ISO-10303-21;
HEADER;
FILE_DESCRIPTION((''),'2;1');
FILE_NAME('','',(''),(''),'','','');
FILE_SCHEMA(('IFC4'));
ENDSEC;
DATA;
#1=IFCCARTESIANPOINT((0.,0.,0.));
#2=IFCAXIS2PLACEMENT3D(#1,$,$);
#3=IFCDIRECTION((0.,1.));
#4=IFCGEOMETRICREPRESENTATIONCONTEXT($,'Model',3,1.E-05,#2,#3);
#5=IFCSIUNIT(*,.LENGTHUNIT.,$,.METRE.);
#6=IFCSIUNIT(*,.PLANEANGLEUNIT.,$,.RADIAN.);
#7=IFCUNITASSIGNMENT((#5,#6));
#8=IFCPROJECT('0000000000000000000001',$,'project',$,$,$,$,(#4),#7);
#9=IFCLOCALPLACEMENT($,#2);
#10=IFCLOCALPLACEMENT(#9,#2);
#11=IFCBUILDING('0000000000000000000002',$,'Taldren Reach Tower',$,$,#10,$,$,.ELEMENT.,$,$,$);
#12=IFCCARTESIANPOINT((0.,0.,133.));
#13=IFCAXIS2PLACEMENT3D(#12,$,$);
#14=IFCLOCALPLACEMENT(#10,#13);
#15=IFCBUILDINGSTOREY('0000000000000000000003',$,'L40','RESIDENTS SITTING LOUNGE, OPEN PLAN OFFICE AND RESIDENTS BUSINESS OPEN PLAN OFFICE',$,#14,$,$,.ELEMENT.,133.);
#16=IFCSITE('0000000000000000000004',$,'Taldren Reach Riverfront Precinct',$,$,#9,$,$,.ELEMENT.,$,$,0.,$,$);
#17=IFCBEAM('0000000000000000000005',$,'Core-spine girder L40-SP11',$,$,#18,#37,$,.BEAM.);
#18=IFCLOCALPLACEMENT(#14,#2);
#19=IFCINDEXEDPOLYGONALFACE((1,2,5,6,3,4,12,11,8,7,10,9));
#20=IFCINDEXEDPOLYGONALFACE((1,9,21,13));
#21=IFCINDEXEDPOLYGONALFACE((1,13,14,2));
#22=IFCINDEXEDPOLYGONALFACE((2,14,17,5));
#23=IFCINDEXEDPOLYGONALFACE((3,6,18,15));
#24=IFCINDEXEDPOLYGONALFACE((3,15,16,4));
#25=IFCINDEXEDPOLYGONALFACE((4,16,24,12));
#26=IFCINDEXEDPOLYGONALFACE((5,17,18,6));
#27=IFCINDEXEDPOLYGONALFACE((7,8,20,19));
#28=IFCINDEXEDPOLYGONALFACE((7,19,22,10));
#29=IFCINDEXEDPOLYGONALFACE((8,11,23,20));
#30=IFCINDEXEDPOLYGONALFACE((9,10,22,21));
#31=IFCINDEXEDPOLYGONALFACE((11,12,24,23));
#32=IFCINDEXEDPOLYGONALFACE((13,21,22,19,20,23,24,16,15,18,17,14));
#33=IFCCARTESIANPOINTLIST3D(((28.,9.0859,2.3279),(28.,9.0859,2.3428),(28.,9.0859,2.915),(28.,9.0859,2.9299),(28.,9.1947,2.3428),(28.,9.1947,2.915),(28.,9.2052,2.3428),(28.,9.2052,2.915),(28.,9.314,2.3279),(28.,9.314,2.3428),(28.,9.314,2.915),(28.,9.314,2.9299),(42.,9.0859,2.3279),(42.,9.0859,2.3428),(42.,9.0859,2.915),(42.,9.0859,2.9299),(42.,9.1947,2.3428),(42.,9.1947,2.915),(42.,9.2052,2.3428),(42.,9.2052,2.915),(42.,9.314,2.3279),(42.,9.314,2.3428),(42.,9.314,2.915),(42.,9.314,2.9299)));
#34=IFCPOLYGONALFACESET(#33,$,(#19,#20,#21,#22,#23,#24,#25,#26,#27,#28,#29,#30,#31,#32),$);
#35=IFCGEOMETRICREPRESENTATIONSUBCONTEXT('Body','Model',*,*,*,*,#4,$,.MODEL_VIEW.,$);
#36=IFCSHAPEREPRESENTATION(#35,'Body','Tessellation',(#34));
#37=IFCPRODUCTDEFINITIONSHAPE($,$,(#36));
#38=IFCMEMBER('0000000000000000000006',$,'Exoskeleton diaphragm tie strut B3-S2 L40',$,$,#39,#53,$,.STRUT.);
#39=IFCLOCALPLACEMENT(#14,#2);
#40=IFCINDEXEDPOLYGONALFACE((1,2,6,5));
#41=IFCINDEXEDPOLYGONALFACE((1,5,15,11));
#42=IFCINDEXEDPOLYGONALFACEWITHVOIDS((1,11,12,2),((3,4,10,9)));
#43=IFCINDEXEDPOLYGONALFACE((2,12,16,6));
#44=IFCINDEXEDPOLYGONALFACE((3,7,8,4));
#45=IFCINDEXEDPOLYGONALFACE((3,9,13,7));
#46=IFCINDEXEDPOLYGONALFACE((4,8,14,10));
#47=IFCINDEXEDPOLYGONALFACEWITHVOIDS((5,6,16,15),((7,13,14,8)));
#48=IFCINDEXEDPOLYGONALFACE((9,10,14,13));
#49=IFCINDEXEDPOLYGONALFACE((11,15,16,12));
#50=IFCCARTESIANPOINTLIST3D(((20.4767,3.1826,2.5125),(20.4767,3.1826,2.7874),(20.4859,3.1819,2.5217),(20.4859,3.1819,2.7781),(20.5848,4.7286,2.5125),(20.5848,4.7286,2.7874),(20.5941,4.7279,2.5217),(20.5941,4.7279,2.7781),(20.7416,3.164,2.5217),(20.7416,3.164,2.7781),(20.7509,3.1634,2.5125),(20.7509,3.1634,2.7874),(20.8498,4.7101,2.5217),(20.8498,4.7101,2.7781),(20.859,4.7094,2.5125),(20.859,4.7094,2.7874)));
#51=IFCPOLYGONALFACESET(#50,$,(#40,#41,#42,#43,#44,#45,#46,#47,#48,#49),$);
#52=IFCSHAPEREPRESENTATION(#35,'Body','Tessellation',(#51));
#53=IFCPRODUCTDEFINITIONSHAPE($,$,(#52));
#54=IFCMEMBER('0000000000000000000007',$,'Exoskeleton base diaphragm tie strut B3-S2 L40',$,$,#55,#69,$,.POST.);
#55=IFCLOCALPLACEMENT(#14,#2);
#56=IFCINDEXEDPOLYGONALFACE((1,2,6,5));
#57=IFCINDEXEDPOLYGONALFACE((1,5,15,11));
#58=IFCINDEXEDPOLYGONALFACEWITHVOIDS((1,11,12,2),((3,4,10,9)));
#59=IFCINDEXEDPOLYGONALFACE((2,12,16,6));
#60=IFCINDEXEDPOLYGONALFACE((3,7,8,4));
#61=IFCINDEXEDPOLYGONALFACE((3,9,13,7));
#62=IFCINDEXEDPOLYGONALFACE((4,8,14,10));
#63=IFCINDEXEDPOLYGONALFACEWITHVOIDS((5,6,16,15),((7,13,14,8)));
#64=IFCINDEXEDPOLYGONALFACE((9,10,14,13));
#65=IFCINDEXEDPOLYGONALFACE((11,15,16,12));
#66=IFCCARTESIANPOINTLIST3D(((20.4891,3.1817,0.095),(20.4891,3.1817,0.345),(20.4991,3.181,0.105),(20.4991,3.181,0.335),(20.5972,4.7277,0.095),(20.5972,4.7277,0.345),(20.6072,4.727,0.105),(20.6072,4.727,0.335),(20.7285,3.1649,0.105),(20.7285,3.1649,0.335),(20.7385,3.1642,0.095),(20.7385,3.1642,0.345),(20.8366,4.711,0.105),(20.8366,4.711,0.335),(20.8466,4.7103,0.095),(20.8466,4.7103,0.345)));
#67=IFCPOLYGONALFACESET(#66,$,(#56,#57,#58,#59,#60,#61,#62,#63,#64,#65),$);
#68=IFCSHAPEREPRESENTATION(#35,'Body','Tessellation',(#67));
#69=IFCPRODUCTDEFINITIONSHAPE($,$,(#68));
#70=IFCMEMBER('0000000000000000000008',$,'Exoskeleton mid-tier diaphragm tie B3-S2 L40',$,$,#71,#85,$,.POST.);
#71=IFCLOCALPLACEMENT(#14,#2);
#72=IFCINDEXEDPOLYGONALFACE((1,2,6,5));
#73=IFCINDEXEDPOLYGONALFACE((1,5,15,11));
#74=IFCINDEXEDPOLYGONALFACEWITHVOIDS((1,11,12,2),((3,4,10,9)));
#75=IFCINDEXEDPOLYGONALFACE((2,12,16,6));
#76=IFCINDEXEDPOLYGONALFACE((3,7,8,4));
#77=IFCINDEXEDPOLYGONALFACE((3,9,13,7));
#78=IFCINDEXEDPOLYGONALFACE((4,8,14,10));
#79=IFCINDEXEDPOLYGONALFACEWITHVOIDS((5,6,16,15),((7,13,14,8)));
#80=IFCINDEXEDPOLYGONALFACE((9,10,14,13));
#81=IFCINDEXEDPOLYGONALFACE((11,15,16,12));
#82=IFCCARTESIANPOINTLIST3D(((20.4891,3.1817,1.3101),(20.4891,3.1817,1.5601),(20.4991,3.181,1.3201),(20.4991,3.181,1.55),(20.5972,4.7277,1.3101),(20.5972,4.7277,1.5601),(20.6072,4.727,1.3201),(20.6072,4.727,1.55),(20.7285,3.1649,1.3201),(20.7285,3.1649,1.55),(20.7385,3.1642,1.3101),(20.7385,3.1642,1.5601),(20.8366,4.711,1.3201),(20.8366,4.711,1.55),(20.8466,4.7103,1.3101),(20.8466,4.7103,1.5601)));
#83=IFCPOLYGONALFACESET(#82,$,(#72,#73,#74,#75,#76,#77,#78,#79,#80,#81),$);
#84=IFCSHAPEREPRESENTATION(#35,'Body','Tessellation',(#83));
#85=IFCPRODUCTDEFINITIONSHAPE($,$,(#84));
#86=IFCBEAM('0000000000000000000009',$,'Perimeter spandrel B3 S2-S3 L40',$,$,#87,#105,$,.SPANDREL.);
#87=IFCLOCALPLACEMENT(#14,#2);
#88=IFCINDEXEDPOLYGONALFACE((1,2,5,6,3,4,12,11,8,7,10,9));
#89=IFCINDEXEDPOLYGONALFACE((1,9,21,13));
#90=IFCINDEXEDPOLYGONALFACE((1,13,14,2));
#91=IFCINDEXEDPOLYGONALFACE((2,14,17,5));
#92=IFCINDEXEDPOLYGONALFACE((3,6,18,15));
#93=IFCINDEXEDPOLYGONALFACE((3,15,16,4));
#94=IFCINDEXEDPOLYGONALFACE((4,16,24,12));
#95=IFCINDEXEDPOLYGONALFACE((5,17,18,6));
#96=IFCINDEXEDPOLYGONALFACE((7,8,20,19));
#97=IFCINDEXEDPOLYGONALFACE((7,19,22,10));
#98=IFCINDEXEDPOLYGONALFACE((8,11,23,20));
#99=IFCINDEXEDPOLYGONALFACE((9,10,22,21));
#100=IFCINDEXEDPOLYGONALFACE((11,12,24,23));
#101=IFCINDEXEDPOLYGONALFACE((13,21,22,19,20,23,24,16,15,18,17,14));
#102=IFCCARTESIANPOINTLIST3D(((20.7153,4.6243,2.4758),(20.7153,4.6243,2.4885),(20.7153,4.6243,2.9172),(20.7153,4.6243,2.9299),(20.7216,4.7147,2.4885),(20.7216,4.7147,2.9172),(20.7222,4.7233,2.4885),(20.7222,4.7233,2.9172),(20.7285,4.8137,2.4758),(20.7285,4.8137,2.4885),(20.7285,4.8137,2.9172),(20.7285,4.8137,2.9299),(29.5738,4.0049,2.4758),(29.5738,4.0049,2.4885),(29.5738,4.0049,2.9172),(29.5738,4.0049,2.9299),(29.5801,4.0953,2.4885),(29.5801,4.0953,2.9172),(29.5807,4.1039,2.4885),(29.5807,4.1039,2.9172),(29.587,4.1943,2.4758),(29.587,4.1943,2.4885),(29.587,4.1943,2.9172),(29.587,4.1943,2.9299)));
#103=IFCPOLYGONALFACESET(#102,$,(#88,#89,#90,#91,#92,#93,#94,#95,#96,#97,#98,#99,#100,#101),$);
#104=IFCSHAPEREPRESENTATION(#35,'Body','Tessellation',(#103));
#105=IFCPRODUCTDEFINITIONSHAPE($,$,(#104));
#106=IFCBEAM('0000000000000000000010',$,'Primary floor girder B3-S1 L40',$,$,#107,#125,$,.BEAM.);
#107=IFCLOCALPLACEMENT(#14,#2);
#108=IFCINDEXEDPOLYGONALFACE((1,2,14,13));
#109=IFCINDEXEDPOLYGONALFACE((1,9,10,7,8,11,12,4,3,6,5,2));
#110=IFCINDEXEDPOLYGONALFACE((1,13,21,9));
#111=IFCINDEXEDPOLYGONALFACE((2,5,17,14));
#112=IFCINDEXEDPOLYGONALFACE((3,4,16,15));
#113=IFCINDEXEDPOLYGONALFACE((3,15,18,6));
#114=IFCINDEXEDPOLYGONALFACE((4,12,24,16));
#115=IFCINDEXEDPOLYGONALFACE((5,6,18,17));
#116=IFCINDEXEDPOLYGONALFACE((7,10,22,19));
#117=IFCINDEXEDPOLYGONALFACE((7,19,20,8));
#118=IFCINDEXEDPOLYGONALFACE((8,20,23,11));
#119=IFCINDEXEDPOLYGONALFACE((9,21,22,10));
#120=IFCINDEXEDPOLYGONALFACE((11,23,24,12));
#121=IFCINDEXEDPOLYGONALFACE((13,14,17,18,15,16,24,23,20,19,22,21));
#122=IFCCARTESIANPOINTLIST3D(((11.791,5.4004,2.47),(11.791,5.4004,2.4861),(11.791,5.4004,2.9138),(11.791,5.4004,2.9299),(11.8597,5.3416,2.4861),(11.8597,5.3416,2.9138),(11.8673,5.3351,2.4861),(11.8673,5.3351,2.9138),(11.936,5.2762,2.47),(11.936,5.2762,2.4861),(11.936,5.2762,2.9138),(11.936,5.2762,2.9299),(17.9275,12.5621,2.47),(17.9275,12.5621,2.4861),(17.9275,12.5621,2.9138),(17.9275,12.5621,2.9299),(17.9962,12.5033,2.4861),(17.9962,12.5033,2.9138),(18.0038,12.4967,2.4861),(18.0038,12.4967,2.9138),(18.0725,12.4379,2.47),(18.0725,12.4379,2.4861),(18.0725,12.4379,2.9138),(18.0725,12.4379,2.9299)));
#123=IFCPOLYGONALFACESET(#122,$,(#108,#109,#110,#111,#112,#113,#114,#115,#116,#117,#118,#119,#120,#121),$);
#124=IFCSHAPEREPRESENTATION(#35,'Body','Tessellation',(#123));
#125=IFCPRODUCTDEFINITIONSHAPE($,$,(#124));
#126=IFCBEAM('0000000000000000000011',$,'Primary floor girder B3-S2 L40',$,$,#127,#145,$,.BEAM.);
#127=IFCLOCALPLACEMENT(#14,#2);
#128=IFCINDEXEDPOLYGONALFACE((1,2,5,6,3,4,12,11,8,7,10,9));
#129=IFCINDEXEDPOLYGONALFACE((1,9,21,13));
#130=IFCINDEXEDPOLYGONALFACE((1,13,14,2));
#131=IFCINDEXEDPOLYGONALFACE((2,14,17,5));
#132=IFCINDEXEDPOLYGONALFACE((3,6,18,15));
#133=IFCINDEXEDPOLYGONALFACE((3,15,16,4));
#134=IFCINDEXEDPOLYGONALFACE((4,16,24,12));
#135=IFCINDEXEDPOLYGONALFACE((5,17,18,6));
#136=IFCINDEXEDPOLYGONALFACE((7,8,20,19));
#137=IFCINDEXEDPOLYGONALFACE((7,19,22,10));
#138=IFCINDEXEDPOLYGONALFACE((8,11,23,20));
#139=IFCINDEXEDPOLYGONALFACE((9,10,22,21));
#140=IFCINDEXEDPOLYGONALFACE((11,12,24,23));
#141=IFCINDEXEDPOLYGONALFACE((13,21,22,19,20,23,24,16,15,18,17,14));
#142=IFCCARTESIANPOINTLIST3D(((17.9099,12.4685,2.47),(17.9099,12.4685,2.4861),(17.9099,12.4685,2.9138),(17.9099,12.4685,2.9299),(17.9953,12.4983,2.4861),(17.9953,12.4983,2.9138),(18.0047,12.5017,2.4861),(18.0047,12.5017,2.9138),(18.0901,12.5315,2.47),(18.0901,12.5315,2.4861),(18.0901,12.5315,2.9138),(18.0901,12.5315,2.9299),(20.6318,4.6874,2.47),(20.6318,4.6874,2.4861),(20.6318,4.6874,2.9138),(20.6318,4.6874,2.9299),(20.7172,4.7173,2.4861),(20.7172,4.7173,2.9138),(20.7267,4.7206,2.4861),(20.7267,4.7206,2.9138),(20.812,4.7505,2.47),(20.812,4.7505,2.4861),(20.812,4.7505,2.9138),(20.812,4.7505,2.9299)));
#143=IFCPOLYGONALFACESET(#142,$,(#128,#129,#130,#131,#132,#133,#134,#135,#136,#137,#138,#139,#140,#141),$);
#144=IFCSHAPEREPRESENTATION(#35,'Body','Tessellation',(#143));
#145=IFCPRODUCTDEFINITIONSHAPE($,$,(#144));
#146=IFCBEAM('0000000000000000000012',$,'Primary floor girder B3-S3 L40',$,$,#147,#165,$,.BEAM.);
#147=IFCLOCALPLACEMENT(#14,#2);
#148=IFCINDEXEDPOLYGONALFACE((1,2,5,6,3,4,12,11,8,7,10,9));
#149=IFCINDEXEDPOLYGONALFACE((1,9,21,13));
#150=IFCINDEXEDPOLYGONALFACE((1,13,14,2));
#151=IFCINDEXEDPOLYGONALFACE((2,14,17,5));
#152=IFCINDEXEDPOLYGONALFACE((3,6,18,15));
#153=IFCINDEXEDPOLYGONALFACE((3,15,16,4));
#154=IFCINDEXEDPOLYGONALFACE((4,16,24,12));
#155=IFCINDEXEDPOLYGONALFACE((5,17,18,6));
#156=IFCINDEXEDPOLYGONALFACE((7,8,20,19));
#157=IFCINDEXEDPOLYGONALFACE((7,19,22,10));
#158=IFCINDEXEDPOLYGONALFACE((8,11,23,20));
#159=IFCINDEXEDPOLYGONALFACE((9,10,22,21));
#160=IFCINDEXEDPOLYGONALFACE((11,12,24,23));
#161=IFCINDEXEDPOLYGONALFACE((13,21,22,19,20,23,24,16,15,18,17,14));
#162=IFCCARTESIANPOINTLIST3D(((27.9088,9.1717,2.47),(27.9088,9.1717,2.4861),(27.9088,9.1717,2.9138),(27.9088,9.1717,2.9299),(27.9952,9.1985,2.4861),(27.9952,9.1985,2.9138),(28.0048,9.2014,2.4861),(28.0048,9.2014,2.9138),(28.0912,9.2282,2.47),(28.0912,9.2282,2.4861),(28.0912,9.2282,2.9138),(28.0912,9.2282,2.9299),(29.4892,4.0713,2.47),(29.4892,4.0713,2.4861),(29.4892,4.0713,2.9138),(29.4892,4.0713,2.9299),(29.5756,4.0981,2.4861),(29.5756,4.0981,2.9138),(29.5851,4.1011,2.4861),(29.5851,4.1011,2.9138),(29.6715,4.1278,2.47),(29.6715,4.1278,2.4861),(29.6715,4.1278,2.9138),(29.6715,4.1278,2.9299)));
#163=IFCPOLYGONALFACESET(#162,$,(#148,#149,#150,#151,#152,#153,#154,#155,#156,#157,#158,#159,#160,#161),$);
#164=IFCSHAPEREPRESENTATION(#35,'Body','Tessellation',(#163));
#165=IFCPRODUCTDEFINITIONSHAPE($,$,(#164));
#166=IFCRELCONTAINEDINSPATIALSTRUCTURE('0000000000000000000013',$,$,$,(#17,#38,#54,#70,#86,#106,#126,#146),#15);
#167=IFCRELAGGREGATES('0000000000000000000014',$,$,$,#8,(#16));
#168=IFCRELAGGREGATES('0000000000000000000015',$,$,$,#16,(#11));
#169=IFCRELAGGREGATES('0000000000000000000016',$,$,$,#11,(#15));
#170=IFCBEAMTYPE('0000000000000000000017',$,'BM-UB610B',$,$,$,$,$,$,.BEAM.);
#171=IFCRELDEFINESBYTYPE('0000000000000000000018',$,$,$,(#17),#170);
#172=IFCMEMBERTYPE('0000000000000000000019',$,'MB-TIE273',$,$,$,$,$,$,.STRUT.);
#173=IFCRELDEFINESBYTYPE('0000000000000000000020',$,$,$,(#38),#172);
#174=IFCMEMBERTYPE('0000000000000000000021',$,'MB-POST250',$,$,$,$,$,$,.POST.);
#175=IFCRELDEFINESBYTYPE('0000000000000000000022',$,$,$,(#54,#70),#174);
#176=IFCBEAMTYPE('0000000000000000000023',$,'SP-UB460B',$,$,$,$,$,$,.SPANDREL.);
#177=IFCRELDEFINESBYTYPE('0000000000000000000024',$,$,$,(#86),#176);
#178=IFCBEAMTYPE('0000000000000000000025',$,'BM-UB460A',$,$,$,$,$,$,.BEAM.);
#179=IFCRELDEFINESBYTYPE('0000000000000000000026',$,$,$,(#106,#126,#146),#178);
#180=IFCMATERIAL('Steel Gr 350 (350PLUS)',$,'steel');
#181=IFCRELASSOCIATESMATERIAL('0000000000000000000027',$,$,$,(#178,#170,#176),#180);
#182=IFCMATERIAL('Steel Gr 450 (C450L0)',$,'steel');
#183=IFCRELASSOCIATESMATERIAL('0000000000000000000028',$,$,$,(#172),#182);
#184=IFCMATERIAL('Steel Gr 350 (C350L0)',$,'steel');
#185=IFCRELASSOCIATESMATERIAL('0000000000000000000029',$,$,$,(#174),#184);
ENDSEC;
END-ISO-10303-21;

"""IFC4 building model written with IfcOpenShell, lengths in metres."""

from ifc_helpers import new_model, si_unit, direction, frame, origin, origin_2d, place, context, subcontext, project, spatial, hollow_rectangle, i_section, extrude, source, transform, mapped, material, material_profile, profile_set, type_object, element, save


model = new_model("IFC4")

# Units and contexts
model_context = context("Model", 3, precision=1e-05, world=origin(), true_north=direction((0.0, 1.0)))
body_context = subcontext(model_context, "Body", "Model", "MODEL_VIEW")
ifc_project = project(units=[si_unit("LENGTHUNIT", "METRE"), si_unit("PLANEANGLEUNIT", "RADIAN")], contexts=[model_context])

# Site, building, storey
site_placement = place(None, origin())
site = spatial("IfcSite", under=ifc_project, at=site_placement, Name="Taldren Reach Riverfront Precinct", CompositionType="ELEMENT", RefElevation=0.0)
building_placement = place(site_placement, origin())
building = spatial("IfcBuilding", under=site, at=building_placement, Name="Taldren Reach Tower", CompositionType="ELEMENT")
storey_placement = place(building_placement, frame((0.0, 0.0, 133.0)))
storey = spatial("IfcBuildingStorey", under=building, at=storey_placement, Name="L40", Description="RESIDENTS SITTING LOUNGE, OPEN PLAN OFFICE AND RESIDENTS BUSINESS OPEN PLAN OFFICE", CompositionType="ELEMENT", Elevation=133.0)

# Shared definitions
ifc_material_1 = material(Name="Steel Gr 350 (350PLUS)", Category="steel")
ifc_material_2 = material(Name="Steel Gr 450 (C450L0)", Category="steel")

# Beam
ifc_material_profile_1 = material_profile(ifc_material_1, i_section(OverallWidth=0.1909, OverallDepth=0.46, WebThickness=0.01, FlangeThickness=0.0161, at=origin_2d()), Name="460UB82.1")
ifc_profile_set_1 = profile_set([ifc_material_profile_1], Name="Steel Gr 350 (350PLUS)")
beam_type_1 = type_object("IfcBeamType", Name="BM-UB460A", PredefinedType="BEAM", material=ifc_profile_set_1)
ifc_material_profile_2 = material_profile(ifc_material_1, i_section(OverallWidth=0.228, OverallDepth=0.6021, WebThickness=0.0105, FlangeThickness=0.0149, at=origin_2d()), Name="610UB101")
ifc_profile_set_2 = profile_set([ifc_material_profile_2], Name="Steel Gr 350 (350PLUS)")
beam_type_2 = type_object("IfcBeamType", Name="BM-UB610B", PredefinedType="BEAM", material=ifc_profile_set_2)
shared_shape_1 = source(origin(), body_context, "Body", "SweptSolid", [
    extrude(i_section(OverallWidth=0.228, OverallDepth=0.6021, WebThickness=0.0105, FlangeThickness=0.0149, at=origin_2d()), origin(), (0.0, 0.0, 1.0), 14.0),
])
beam_1_placement = place(storey_placement, frame((28.0, 9.2, 2.6289), z_axis=(1.0, 0.0, 0.0), x_axis=(0.0, 1.0, 0.0)))
element("IfcBeam", 1, at=beam_1_placement, inside=storey, type_object=beam_type_2, Name="Core-spine girder L40-SP11", PredefinedType="BEAM", context=body_context, shape_type="MappedRepresentation", body=[
    mapped(shared_shape_1, transform((0.0, 0.0, 0.0), scale=1.0)),
])

# Members
ifc_material_profile_3 = material_profile(ifc_material_2, hollow_rectangle(XDim=0.2749, YDim=0.2749, WallThickness=0.0093, at=origin_2d()), Name="275x275x9.3SHS")
ifc_profile_set_3 = profile_set([ifc_material_profile_3], Name="Steel Gr 450 (C450L0)")
member_type_1 = type_object("IfcMemberType", Name="MB-TIE273", PredefinedType="STRUT", material=ifc_profile_set_3)
shared_shape_2 = source(origin(), body_context, "Body", "SweptSolid", [
    extrude(hollow_rectangle(XDim=0.2749, YDim=0.2749, WallThickness=0.0093, at=origin_2d()), origin(), (0.0, 0.0, 1.0), 1.5498),
])
member_placement = place(storey_placement, frame((20.7219, 4.719, 2.6499), z_axis=(-0.069781, -0.997562, 0.0), x_axis=(0.997562, -0.069781, 0.0)))
element("IfcMember", 2, at=member_placement, inside=storey, type_object=member_type_1, Name="Exoskeleton diaphragm tie strut B3-S2 L40", PredefinedType="STRUT", context=body_context, shape_type="MappedRepresentation", body=[
    mapped(shared_shape_2, transform((0.0, 0.0, 0.0), scale=1.0)),
])
ifc_material_3 = material(Name="Steel Gr 350 (C350L0)", Category="steel")
ifc_material_profile_4 = material_profile(ifc_material_3, hollow_rectangle(XDim=0.25, YDim=0.25, WallThickness=0.01, at=origin_2d()), Name="250x250x10.0SHS")
ifc_profile_set_4 = profile_set([ifc_material_profile_4], Name="Steel Gr 350 (C350L0)")
member_type_2 = type_object("IfcMemberType", Name="MB-POST250", PredefinedType="POST", material=ifc_profile_set_4)
shared_shape_3 = source(origin(), body_context, "Body", "SweptSolid", [
    extrude(hollow_rectangle(XDim=0.25, YDim=0.25, WallThickness=0.01, at=origin_2d()), origin(), (0.0, 0.0, 1.0), 1.5498),
])
for number, where, z_axis, x_axis, name in (
    (3, (20.7219, 4.719, 0.22), (-0.069781, -0.997562, 0.0), (0.997562, -0.069781, 0.0), "Exoskeleton base diaphragm tie strut B3-S2 L40"),
    (4, (20.7219, 4.719, 1.4351), (-0.069781, -0.997562, 0.0), (0.997562, -0.069781, 0.0), "Exoskeleton mid-tier diaphragm tie B3-S2 L40"),
):
    element("IfcMember", number, at=place(storey_placement, frame(where, z_axis=z_axis, x_axis=x_axis)), inside=storey, type_object=member_type_2, Name=name, PredefinedType="POST", context=body_context, shape_type="MappedRepresentation", body=[
        mapped(shared_shape_3, transform((0.0, 0.0, 0.0), scale=1.0)),
    ])

# Beams
ifc_material_profile_5 = material_profile(ifc_material_1, i_section(OverallWidth=0.1899, OverallDepth=0.4541, WebThickness=0.0085, FlangeThickness=0.0127, at=origin_2d()), Name="460UB67.1")
ifc_profile_set_5 = profile_set([ifc_material_profile_5], Name="Steel Gr 350 (350PLUS)")
beam_type_3 = type_object("IfcBeamType", Name="SP-UB460B", PredefinedType="SPANDREL", material=ifc_profile_set_5)
shared_shape_4 = source(origin(), body_context, "Body", "SweptSolid", [
    extrude(i_section(OverallWidth=0.1899, OverallDepth=0.4541, WebThickness=0.0085, FlangeThickness=0.0127, at=origin_2d()), origin(), (0.0, 0.0, 1.0), 8.8801),
])
beam_2_placement = place(storey_placement, frame((20.7219, 4.719, 2.7029), z_axis=(0.997564, -0.06975, 0.0), x_axis=(0.06975, 0.997564, 0.0)))
element("IfcBeam", 5, at=beam_2_placement, inside=storey, type_object=beam_type_3, Name="Perimeter spandrel B3 S2-S3 L40", PredefinedType="SPANDREL", context=body_context, shape_type="MappedRepresentation", body=[
    mapped(shared_shape_4, transform((0.0, 0.0, 0.0), scale=1.0)),
])
shared_shape_5 = source(origin(), body_context, "Body", "SweptSolid", [
    extrude(i_section(OverallWidth=0.1909, OverallDepth=0.46, WebThickness=0.01, FlangeThickness=0.0161, at=origin_2d()), origin(), (0.0, 0.0, 1.0), 9.4312),
])
beam_3_placement = place(storey_placement, frame((18.0, 12.5, 2.7), z_axis=(-0.650666, -0.759364, 0.0), x_axis=(0.759364, -0.650666, 0.0)))
element("IfcBeam", 6, at=beam_3_placement, inside=storey, type_object=beam_type_1, Name="Primary floor girder B3-S1 L40", PredefinedType="BEAM", context=body_context, shape_type="MappedRepresentation", body=[
    mapped(shared_shape_5, transform((0.0, 0.0, 0.0), scale=1.0)),
])
shared_shape_6 = source(origin(), body_context, "Body", "SweptSolid", [
    extrude(i_section(OverallWidth=0.1909, OverallDepth=0.46, WebThickness=0.01, FlangeThickness=0.0161, at=origin_2d()), origin(), (0.0, 0.0, 1.0), 8.2434),
])
beam_4_placement = place(storey_placement, frame((18.0, 12.5, 2.7), z_axis=(0.330196, -0.943912, 0.0), x_axis=(0.943912, 0.330196, 0.0)))
element("IfcBeam", 7, at=beam_4_placement, inside=storey, type_object=beam_type_1, Name="Primary floor girder B3-S2 L40", PredefinedType="BEAM", context=body_context, shape_type="MappedRepresentation", body=[
    mapped(shared_shape_6, transform((0.0, 0.0, 0.0), scale=1.0)),
])
shared_shape_7 = source(origin(), body_context, "Body", "SweptSolid", [
    extrude(i_section(OverallWidth=0.1909, OverallDepth=0.46, WebThickness=0.01, FlangeThickness=0.0161, at=origin_2d()), origin(), (0.0, 0.0, 1.0), 5.3396),
])
beam_5_placement = place(storey_placement, frame((28.0, 9.2, 2.7), z_axis=(0.295965, -0.955199, 0.0), x_axis=(0.955199, 0.295965, 0.0)))
element("IfcBeam", 8, at=beam_5_placement, inside=storey, type_object=beam_type_1, Name="Primary floor girder B3-S3 L40", PredefinedType="BEAM", context=body_context, shape_type="MappedRepresentation", body=[
    mapped(shared_shape_7, transform((0.0, 0.0, 0.0), scale=1.0)),
])

save(model, "model.ifc")
